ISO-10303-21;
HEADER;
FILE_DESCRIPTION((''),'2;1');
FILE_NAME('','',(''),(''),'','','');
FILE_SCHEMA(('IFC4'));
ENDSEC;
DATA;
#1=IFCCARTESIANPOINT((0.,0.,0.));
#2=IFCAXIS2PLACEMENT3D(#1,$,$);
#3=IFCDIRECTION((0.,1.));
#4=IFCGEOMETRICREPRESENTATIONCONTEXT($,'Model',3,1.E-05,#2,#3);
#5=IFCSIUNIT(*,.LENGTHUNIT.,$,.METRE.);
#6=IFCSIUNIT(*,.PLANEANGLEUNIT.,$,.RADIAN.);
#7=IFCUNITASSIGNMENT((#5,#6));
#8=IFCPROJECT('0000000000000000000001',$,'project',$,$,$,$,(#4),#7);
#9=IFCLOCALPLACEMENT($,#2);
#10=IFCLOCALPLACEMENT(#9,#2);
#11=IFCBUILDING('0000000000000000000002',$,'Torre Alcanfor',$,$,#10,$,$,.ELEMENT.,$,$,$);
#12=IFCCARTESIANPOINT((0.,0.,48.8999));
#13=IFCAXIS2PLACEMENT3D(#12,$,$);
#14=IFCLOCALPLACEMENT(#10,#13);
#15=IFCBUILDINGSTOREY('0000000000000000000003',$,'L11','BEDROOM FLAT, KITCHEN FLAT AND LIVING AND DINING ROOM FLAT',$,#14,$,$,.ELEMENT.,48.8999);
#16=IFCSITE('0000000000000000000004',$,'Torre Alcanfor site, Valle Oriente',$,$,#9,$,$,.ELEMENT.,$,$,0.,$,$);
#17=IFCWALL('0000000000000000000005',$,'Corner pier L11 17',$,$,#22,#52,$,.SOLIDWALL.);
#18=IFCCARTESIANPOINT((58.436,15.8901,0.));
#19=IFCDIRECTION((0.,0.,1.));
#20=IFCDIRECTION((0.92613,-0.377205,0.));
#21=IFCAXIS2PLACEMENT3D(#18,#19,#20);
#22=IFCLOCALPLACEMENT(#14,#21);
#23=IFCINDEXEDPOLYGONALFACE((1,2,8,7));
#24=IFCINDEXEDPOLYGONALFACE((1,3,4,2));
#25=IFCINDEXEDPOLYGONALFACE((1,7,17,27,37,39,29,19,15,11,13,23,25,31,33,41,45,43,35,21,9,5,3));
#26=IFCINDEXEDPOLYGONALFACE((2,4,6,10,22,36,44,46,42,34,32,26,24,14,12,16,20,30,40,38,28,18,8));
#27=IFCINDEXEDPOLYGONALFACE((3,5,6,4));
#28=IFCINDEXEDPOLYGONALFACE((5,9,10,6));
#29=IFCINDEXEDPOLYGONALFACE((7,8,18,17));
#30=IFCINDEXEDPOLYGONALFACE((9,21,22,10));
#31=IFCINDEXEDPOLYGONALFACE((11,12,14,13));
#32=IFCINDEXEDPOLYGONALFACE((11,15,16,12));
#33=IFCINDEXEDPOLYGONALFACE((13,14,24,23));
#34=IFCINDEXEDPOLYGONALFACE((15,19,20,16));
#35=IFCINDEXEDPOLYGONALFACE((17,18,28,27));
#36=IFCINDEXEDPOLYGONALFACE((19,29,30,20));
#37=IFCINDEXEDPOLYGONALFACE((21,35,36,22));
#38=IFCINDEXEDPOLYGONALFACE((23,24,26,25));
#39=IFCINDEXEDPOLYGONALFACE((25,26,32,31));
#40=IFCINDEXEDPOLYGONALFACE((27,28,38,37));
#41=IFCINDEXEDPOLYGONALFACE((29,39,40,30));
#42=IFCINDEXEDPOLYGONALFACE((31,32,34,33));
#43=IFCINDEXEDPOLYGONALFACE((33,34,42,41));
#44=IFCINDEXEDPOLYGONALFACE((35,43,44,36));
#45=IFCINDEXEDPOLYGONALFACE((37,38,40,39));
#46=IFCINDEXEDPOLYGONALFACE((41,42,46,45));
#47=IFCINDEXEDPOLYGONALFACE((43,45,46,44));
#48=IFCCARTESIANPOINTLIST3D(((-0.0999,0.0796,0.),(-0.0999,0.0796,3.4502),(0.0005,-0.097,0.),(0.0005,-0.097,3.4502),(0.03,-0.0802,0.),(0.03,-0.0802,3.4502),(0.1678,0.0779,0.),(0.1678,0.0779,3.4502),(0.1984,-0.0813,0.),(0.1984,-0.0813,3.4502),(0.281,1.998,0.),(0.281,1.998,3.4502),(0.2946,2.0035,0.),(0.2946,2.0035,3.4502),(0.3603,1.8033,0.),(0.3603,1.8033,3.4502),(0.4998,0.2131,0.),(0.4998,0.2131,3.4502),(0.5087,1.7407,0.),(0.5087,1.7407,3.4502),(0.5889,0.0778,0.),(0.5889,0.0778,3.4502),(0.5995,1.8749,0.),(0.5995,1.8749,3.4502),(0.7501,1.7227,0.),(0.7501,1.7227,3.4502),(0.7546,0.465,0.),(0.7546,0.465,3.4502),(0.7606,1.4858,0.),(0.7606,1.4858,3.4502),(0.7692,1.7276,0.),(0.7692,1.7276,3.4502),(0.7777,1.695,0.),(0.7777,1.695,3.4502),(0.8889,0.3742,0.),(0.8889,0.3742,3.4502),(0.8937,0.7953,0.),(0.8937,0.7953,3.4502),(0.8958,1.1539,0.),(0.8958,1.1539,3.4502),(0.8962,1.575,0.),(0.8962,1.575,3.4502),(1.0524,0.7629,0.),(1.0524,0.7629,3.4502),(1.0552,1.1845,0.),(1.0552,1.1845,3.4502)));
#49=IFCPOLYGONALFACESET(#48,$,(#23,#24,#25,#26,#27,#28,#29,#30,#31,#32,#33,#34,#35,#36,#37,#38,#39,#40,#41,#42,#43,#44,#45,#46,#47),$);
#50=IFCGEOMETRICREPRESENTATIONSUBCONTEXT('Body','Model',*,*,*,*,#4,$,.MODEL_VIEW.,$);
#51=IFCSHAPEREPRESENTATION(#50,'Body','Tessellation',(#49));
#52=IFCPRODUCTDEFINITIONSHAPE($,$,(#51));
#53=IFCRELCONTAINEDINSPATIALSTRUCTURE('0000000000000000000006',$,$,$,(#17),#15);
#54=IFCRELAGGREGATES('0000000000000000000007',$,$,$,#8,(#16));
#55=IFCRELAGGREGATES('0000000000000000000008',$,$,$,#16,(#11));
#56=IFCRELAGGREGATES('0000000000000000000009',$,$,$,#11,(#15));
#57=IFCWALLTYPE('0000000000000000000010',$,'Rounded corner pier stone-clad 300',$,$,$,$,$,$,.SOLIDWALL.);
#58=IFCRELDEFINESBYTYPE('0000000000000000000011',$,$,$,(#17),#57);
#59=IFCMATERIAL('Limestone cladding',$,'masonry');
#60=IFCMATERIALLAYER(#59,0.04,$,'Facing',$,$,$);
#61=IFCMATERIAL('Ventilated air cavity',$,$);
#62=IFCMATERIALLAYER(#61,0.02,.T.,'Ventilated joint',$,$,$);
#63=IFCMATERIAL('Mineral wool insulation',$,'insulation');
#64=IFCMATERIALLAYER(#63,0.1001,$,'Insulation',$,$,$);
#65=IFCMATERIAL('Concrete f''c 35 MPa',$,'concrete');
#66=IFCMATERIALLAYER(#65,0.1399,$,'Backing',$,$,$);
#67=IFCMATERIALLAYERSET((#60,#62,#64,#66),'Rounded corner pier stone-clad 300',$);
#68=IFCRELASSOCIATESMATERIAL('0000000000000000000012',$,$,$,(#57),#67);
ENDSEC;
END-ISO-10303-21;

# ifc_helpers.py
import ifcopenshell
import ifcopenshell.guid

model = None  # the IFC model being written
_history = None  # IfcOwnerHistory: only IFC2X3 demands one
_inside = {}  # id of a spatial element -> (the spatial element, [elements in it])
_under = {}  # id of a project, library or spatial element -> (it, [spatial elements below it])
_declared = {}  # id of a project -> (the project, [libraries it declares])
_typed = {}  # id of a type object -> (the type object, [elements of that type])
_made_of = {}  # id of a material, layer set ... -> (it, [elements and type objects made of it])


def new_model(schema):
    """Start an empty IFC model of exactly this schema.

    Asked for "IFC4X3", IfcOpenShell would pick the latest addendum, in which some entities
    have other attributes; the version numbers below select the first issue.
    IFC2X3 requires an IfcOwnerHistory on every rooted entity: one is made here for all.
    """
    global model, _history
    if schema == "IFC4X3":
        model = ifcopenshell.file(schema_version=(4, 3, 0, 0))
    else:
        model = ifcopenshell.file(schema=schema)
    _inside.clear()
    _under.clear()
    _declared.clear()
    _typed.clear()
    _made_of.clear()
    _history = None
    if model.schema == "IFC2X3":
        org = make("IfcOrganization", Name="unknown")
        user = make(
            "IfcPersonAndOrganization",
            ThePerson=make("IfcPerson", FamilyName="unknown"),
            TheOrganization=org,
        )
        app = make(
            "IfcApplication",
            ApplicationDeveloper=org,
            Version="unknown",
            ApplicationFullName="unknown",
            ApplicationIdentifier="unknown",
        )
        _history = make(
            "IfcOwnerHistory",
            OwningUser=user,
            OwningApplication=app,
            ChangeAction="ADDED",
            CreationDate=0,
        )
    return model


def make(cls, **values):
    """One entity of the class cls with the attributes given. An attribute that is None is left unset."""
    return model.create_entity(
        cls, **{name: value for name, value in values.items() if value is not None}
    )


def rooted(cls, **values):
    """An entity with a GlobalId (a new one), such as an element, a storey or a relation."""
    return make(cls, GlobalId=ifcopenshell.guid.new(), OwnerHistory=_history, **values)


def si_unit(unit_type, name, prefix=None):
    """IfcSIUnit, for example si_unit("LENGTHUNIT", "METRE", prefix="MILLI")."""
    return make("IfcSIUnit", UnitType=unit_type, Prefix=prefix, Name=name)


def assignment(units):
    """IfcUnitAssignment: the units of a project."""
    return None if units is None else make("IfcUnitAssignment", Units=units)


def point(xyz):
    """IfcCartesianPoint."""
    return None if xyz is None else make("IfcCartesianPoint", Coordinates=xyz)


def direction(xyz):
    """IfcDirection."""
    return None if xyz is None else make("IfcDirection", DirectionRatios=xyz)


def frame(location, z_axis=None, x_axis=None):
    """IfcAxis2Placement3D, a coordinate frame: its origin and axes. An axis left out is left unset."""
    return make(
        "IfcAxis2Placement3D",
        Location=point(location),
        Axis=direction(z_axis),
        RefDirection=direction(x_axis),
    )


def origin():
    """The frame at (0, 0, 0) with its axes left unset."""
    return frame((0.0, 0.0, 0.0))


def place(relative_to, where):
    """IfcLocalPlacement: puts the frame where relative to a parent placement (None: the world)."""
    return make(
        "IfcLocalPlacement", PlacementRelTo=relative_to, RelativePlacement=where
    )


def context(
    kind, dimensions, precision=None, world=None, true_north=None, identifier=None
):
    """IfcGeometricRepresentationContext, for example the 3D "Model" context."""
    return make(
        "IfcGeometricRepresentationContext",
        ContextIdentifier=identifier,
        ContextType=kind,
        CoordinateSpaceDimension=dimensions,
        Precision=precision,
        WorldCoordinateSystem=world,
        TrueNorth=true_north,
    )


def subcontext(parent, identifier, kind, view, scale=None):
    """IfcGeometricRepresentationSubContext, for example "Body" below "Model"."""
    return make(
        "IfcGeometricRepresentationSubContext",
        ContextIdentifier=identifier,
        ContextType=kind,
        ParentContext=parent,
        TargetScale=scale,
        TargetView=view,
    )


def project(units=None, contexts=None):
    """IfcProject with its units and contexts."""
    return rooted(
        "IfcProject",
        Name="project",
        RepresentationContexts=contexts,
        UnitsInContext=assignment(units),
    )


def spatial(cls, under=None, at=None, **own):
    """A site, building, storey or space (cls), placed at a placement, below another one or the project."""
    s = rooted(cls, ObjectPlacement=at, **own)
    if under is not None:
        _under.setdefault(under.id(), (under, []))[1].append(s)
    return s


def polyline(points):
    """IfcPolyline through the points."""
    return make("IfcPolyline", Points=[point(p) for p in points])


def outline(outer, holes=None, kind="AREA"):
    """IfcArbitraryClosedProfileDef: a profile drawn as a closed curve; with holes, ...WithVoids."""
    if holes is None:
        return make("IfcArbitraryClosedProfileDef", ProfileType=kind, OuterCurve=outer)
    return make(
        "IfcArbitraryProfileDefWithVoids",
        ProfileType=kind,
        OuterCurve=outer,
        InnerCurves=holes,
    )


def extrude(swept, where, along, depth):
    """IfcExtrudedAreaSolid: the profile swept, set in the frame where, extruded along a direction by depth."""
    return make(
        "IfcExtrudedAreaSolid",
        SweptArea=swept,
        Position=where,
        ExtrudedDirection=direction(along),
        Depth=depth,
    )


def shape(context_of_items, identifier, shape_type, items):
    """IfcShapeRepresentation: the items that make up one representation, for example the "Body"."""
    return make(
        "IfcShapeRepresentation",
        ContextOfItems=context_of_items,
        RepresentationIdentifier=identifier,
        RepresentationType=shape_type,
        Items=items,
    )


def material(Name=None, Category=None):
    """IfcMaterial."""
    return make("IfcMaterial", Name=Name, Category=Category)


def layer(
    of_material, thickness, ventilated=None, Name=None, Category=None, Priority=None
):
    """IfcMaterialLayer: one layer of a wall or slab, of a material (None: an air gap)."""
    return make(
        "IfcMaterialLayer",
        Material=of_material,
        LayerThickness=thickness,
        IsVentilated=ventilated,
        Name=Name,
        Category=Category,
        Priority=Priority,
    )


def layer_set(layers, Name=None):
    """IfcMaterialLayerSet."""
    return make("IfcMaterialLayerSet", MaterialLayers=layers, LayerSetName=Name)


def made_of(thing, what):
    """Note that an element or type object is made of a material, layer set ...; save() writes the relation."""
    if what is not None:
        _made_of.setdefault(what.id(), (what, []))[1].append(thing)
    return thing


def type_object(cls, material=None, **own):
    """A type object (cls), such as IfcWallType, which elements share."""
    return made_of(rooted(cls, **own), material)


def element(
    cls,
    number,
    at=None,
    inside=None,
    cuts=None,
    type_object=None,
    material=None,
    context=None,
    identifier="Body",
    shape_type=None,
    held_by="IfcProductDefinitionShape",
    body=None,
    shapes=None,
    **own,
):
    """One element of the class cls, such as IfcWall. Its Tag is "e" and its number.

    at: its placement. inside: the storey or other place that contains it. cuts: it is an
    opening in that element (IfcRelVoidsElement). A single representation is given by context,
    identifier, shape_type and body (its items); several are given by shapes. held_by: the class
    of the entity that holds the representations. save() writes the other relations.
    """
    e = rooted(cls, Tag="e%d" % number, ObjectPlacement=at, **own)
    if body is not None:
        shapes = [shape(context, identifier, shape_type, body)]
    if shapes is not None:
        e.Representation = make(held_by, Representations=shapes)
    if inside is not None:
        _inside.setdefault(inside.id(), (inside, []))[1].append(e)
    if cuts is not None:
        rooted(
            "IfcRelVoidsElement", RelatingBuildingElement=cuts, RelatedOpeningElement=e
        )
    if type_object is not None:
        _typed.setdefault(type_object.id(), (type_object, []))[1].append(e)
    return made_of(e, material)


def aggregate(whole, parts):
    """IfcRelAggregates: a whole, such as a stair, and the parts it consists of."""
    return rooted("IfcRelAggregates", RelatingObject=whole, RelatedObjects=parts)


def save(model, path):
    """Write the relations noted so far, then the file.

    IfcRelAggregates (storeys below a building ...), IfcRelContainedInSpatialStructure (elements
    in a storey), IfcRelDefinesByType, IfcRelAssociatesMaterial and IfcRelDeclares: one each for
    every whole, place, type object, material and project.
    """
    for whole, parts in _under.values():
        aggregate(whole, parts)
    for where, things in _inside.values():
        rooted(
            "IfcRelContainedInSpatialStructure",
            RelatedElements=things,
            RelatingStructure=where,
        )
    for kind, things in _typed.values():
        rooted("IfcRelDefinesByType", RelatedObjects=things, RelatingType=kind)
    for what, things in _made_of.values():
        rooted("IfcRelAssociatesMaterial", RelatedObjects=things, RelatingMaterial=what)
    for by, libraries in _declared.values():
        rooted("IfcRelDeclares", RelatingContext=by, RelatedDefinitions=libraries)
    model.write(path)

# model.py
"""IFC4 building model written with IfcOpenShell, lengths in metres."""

from ifc_helpers import new_model, si_unit, direction, frame, origin, place, context, subcontext, project, spatial, polyline, outline, extrude, material, layer, layer_set, type_object, element, save


model = new_model("IFC4")

# Units and contexts
model_context = context("Model", 3, precision=1e-05, world=origin(), true_north=direction((0.0, 1.0)))
body_context = subcontext(model_context, "Body", "Model", "MODEL_VIEW")
ifc_project = project(units=[si_unit("LENGTHUNIT", "METRE"), si_unit("PLANEANGLEUNIT", "RADIAN")], contexts=[model_context])

# Site, building, storey
site_placement = place(None, origin())
site = spatial("IfcSite", under=ifc_project, at=site_placement, Name="Torre Alcanfor site, Valle Oriente", CompositionType="ELEMENT", RefElevation=0.0)
building_placement = place(site_placement, origin())
building = spatial("IfcBuilding", under=site, at=building_placement, Name="Torre Alcanfor", CompositionType="ELEMENT")
storey_placement = place(building_placement, frame((0.0, 0.0, 48.8999)))
storey = spatial("IfcBuildingStorey", under=building, at=storey_placement, Name="L11", Description="BEDROOM FLAT, KITCHEN FLAT AND LIVING AND DINING ROOM FLAT", CompositionType="ELEMENT", Elevation=48.8999)

# Shared definitions
ifc_material_1 = material(Name="Limestone cladding", Category="masonry")
ifc_material_2 = material(Name="Ventilated air cavity")
ifc_material_3 = material(Name="Mineral wool insulation", Category="insulation")
ifc_material_4 = material(Name="Concrete f'c 35 MPa", Category="concrete")

# Wall
ifc_layer_1 = layer(ifc_material_1, 0.04, Name="Facing")
ifc_layer_2 = layer(ifc_material_2, 0.02, ventilated=True, Name="Ventilated joint")
ifc_layer_3 = layer(ifc_material_3, 0.1001, Name="Insulation")
ifc_layer_4 = layer(ifc_material_4, 0.1399, Name="Backing")
ifc_layer_set_1 = layer_set([ifc_layer_1, ifc_layer_2, ifc_layer_3, ifc_layer_4], Name="Rounded corner pier stone-clad 300")
wall_type_1 = type_object("IfcWallType", Name="Rounded corner pier stone-clad 300", PredefinedType="SOLIDWALL", material=ifc_layer_set_1)
wall_1_placement = place(storey_placement, frame((58.436, 15.8901, 0.0), z_axis=(0.0, 0.0, 1.0), x_axis=(0.92613, -0.377205, 0.0)))
element("IfcWall", 1, at=wall_1_placement, inside=storey, type_object=wall_type_1, Name="Corner pier L11 17", PredefinedType="SOLIDWALL", context=body_context, shape_type="SweptSolid", body=[
    extrude(outline(polyline([(0.7692, 1.7276), (0.7501, 1.7227), (0.5995, 1.8749), (0.2946, 2.0035), (0.281, 1.998), (0.3603, 1.8033), (0.5087, 1.7407), (0.7606, 1.4858), (0.8958, 1.1539), (0.8937, 0.7953), (0.7546, 0.465), (0.4998, 0.2131), (0.1678, 0.0779), (-0.0999, 0.0796), (0.0005, -0.097), (0.03, -0.0802), (0.1984, -0.0813), (0.5889, 0.0778), (0.8889, 0.3742), (1.0524, 0.7629), (1.0552, 1.1845), (0.8962, 1.575), (0.7777, 1.695), (0.7692, 1.7276)])), origin(), (0.0, 0.0, 1.0), 3.4502),
])

save(model, "model.ifc")
